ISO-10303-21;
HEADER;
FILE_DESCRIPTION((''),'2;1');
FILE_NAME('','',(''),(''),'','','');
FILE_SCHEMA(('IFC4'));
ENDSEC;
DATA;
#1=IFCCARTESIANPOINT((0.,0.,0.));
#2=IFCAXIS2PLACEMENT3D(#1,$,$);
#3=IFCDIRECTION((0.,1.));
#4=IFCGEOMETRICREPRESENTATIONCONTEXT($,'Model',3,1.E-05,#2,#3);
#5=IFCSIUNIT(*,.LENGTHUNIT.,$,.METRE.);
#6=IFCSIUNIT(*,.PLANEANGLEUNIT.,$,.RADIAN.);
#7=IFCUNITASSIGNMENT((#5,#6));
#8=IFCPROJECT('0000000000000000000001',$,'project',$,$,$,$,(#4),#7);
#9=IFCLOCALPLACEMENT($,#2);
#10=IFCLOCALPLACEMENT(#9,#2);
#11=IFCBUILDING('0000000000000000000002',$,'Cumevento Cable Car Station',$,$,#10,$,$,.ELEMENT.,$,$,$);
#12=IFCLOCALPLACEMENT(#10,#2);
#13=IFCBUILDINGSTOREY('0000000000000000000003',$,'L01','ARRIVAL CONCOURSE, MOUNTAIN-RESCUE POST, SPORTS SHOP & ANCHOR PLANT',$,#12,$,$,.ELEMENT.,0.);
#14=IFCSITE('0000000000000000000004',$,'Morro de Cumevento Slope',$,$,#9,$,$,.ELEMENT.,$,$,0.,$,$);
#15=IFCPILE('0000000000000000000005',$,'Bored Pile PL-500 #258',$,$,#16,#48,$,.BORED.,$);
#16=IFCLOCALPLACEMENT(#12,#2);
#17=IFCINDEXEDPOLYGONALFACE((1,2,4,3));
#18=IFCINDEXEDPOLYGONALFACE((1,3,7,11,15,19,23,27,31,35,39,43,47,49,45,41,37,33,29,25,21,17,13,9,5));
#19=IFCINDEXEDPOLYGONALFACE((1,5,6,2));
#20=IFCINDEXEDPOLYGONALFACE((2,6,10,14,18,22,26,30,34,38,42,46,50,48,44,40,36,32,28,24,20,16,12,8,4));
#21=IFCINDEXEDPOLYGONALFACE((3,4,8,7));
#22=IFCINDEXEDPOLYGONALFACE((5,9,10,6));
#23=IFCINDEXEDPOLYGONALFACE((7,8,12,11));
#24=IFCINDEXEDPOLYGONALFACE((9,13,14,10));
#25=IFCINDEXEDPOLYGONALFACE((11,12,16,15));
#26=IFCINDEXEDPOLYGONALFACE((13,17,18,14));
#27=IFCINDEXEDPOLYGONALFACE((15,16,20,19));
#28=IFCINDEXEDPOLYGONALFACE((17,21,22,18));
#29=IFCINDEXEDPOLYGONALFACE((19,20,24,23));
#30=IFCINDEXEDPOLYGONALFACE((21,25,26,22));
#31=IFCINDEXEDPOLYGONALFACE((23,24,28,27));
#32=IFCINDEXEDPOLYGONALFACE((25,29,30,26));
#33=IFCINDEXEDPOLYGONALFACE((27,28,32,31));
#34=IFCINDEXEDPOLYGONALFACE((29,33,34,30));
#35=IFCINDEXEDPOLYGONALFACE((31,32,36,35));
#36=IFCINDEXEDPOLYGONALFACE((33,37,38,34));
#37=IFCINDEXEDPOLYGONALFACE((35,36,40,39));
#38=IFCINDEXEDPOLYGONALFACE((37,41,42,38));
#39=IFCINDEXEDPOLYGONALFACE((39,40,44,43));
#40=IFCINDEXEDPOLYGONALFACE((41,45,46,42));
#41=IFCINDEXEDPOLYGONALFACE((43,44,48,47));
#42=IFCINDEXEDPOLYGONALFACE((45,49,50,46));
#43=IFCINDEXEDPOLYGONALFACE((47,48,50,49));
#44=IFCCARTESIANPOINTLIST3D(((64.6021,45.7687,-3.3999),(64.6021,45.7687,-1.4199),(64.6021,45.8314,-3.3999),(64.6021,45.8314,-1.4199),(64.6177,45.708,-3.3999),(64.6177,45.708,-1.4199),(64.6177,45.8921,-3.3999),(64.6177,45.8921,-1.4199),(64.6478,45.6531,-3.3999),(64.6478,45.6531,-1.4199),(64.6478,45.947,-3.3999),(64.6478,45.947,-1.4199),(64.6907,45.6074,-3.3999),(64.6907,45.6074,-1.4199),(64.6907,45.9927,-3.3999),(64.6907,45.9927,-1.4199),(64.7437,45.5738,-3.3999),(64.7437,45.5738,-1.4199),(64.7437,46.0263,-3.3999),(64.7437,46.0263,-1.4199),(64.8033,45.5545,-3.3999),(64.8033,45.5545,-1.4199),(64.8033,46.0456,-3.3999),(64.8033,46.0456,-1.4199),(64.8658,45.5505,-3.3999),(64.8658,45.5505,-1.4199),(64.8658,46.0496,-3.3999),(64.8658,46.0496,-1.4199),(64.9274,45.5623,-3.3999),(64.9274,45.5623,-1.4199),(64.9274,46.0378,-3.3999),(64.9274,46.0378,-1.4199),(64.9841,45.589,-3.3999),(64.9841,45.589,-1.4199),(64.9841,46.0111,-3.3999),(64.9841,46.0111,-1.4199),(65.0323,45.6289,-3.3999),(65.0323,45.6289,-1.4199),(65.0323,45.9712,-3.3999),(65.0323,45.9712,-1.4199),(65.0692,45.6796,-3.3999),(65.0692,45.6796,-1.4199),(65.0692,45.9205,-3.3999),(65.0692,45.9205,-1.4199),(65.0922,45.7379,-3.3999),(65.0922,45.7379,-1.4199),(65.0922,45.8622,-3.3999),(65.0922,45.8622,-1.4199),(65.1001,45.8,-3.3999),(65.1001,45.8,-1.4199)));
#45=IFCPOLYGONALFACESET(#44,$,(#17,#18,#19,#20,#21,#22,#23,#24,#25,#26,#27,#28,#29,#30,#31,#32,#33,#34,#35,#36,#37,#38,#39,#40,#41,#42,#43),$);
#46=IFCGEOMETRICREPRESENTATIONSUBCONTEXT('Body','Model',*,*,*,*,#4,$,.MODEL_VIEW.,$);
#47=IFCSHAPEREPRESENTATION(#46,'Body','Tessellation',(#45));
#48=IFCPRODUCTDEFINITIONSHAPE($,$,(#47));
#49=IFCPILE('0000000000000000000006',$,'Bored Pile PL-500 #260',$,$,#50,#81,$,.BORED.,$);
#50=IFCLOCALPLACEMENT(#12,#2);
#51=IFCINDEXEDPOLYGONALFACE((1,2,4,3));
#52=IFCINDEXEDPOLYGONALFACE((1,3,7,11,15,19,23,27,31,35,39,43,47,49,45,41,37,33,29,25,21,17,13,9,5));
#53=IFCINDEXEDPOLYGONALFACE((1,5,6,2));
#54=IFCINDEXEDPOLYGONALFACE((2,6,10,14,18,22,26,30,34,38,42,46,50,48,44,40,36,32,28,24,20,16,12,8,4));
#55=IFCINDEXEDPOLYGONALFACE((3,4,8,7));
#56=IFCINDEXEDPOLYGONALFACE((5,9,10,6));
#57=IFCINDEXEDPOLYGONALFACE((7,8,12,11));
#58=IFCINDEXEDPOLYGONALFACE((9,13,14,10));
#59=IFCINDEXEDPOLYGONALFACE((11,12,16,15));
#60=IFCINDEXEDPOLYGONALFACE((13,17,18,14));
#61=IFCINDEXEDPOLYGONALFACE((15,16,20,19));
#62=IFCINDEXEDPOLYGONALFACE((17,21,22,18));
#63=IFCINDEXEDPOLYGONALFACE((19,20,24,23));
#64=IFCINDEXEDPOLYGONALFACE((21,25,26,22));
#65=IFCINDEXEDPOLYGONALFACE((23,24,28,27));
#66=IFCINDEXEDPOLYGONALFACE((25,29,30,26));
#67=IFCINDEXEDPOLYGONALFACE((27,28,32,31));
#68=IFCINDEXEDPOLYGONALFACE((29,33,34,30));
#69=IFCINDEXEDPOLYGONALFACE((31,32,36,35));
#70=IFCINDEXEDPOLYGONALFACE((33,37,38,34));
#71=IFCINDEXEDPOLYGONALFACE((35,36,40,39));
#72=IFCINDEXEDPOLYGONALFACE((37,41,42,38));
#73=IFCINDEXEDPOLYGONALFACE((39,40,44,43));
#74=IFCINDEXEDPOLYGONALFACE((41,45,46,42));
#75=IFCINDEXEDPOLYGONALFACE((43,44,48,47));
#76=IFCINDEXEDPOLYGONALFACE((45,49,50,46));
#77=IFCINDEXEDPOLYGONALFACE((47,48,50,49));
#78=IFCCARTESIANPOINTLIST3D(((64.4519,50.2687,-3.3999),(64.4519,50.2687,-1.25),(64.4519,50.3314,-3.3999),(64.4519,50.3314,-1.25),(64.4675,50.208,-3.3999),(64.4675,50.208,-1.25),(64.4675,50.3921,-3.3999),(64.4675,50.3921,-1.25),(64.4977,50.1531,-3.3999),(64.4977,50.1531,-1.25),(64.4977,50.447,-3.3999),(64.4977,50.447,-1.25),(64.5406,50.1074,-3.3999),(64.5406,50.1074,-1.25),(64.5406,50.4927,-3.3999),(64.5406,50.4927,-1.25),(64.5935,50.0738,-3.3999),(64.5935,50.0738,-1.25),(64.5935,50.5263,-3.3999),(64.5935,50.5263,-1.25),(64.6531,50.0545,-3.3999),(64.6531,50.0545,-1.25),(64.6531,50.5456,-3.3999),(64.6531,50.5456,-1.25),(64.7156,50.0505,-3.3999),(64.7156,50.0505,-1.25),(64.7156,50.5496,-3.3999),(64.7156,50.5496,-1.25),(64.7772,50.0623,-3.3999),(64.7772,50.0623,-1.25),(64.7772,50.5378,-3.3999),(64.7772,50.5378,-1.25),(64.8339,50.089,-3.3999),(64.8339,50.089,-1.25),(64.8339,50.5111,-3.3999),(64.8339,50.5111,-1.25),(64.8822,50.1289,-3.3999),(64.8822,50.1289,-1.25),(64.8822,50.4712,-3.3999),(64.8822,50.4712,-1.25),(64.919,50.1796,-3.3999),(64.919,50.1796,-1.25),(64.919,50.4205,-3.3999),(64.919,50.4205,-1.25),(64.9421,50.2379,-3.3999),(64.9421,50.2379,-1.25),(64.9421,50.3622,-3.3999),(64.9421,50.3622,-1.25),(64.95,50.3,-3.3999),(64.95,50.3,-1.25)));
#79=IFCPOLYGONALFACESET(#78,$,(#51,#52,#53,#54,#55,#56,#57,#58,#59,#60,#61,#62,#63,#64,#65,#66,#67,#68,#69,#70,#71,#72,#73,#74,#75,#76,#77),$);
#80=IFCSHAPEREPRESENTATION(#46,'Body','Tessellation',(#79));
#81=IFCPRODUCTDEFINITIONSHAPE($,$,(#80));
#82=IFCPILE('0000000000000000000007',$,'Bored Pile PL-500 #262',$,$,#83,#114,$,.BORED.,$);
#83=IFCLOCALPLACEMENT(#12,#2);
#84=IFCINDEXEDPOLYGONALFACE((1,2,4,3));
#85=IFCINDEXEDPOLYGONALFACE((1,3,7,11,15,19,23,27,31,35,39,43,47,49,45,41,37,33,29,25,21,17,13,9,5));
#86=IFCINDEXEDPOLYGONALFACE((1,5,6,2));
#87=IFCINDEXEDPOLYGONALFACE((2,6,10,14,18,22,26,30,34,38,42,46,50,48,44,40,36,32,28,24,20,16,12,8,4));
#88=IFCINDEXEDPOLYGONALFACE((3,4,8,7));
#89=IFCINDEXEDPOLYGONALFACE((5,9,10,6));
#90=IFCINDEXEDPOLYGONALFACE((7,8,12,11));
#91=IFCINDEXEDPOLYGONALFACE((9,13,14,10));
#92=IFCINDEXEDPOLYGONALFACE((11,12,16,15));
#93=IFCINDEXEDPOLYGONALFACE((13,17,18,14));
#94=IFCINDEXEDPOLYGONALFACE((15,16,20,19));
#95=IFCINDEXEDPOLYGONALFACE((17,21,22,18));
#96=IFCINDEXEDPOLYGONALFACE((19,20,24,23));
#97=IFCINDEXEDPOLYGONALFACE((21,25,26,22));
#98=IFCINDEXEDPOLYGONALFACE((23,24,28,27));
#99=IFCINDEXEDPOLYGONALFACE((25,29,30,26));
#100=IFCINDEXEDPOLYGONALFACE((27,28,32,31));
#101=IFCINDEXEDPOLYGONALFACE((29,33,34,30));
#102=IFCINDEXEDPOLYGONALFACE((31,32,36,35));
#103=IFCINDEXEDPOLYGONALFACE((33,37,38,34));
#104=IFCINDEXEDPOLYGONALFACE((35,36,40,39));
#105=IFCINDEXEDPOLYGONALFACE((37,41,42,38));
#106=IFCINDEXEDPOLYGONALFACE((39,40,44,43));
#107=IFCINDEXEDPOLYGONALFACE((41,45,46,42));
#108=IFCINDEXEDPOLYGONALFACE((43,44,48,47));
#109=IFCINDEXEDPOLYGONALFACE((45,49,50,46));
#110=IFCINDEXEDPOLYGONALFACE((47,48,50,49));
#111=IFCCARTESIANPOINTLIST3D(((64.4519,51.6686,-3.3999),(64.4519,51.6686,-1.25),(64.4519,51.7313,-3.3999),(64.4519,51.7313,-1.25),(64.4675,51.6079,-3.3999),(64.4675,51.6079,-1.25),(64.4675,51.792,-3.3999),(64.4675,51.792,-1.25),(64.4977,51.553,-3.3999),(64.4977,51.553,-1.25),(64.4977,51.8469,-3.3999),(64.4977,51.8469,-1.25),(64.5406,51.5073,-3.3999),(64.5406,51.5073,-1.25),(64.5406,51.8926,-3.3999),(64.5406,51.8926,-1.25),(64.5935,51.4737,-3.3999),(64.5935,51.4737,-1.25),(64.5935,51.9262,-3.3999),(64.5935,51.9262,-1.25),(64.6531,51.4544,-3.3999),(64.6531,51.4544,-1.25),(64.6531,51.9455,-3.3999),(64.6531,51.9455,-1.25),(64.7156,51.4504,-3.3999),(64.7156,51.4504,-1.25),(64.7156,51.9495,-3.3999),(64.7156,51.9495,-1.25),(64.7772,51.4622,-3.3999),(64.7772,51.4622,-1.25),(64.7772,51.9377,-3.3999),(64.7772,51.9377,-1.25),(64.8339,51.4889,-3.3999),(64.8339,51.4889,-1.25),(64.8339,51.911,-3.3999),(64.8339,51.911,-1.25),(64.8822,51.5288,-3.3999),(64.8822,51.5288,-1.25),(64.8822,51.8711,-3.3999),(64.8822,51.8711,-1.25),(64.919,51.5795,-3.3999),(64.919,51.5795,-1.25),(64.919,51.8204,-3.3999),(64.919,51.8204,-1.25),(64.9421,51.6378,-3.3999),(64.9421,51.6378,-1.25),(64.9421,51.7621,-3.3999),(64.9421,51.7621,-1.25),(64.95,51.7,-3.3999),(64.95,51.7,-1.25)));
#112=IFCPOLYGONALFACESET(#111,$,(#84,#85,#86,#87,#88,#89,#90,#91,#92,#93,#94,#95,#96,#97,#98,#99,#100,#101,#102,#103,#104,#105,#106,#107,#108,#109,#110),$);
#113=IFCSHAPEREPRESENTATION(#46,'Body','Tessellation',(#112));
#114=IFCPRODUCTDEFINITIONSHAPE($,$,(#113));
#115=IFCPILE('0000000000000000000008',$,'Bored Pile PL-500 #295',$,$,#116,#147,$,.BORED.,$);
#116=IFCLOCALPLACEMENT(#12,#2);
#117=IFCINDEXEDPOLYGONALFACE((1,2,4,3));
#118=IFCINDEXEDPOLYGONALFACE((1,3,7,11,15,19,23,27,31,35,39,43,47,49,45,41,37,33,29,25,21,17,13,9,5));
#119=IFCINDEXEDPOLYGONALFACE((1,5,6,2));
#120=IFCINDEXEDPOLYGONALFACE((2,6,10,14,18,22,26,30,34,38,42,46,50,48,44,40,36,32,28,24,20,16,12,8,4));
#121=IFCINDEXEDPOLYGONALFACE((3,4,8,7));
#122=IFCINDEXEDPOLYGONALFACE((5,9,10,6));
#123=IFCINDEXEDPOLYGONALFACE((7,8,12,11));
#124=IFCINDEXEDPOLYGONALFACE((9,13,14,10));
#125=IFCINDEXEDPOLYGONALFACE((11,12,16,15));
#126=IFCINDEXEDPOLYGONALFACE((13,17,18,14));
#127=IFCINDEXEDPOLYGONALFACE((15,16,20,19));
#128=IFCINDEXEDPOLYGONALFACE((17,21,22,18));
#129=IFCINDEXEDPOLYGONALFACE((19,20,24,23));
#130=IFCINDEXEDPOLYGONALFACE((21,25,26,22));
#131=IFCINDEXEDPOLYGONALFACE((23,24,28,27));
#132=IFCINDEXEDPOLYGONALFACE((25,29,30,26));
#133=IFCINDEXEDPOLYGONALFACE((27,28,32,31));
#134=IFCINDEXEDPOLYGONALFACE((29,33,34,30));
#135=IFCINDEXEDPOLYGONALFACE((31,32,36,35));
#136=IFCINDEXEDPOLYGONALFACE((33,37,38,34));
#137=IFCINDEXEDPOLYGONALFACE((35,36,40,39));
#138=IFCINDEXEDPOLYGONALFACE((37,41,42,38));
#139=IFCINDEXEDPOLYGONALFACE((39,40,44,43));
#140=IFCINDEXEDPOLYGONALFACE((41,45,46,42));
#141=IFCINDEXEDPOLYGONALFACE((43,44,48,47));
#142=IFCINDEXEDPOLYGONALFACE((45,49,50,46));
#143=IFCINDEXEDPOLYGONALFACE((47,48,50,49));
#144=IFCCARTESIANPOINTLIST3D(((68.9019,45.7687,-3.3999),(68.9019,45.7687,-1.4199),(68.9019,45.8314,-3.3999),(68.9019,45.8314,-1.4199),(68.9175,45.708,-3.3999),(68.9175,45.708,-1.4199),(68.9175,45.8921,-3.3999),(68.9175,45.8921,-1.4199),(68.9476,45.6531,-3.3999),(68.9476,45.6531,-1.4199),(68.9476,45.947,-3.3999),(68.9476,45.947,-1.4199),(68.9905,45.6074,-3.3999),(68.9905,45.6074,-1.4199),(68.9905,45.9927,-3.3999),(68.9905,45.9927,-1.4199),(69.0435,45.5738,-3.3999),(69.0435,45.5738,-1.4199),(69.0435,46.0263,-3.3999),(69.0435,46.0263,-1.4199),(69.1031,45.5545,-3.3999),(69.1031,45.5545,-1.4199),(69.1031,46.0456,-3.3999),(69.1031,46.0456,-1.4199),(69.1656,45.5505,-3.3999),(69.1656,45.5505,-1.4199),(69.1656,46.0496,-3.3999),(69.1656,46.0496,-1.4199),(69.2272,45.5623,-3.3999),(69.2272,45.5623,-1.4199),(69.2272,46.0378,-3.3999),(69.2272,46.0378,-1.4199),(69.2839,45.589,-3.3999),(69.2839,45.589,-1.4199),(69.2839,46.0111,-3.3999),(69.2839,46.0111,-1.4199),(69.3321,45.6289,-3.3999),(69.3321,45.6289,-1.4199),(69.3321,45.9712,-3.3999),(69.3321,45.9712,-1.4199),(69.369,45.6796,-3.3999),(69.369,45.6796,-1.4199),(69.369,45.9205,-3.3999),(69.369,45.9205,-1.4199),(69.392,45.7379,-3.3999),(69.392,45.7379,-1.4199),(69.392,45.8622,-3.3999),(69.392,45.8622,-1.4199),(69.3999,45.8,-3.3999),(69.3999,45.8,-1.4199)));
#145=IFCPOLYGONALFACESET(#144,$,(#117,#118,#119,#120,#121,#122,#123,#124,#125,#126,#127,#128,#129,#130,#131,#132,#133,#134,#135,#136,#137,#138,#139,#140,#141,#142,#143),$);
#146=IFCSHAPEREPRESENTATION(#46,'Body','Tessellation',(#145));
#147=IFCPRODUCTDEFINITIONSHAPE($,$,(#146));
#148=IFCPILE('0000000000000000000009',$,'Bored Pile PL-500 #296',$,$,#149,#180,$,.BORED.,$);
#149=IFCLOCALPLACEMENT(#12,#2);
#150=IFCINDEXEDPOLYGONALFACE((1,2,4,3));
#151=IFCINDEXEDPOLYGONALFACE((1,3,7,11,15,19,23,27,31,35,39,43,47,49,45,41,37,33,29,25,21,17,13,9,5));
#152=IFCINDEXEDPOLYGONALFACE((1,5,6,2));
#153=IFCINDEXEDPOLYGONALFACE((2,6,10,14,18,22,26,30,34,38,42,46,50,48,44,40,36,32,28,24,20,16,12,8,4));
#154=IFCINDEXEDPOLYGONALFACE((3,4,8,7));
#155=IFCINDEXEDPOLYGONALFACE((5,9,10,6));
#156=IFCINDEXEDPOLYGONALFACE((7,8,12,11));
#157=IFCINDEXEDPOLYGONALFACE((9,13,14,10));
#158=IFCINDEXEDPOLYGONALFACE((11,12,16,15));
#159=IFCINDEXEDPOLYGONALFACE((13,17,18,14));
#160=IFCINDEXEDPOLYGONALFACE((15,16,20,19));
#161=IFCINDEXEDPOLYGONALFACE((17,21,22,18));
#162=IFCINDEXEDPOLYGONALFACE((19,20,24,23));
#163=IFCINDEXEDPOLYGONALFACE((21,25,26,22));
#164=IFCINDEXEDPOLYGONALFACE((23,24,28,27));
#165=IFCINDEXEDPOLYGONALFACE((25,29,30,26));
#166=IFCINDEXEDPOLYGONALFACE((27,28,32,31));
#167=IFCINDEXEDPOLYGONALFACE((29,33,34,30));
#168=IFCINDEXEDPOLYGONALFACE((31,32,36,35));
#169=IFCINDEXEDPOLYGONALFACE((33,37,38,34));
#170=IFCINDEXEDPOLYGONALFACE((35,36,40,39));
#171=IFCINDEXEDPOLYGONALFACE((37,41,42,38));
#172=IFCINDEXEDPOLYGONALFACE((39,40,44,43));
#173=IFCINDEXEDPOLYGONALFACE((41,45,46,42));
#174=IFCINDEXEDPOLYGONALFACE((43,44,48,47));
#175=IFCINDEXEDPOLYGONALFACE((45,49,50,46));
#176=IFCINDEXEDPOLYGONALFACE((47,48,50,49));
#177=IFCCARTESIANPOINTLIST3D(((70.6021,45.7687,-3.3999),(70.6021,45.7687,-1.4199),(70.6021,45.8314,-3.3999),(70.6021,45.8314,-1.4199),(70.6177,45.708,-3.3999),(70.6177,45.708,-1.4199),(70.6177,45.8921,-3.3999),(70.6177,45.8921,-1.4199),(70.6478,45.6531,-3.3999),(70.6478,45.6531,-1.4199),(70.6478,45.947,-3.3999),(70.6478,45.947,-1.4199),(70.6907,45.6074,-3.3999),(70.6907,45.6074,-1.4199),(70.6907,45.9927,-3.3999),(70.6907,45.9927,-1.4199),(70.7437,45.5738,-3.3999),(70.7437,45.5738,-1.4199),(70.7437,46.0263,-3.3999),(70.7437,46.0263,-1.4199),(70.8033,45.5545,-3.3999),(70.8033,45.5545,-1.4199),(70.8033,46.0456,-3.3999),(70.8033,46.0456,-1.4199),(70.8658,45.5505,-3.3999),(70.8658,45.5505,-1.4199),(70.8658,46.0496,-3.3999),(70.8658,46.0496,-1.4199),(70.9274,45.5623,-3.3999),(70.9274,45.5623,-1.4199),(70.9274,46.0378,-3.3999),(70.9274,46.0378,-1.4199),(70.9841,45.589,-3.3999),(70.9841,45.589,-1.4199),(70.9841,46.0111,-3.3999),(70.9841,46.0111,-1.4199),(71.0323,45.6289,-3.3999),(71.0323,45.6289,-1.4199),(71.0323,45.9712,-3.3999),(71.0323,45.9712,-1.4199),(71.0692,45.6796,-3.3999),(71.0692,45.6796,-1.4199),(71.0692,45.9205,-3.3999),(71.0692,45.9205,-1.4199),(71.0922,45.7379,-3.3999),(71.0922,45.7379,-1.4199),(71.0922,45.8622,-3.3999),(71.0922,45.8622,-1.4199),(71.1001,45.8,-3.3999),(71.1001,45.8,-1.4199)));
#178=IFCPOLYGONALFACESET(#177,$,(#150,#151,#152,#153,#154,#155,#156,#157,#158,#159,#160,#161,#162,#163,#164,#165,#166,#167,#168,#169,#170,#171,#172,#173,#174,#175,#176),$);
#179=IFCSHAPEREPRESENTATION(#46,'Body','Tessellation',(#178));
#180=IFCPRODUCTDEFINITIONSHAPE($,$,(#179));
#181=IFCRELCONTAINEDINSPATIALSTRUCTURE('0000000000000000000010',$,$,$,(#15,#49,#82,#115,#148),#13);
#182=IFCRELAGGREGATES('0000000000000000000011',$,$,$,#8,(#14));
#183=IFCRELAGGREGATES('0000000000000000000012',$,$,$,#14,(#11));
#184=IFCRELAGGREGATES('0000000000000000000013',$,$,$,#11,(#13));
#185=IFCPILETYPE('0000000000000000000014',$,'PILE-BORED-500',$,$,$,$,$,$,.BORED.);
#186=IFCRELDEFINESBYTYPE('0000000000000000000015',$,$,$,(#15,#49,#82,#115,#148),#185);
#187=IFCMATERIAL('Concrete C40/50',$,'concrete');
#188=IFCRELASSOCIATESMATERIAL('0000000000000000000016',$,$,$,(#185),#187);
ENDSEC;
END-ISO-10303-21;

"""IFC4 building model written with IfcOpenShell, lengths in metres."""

from ifc_helpers import new_model, si_unit, direction, frame, origin, origin_2d, place, context, subcontext, project, spatial, circle, extrude, material, material_profile, profile_set, type_object, element, save


model = new_model("IFC4")

# Units and contexts
model_context = context("Model", 3, precision=1e-05, world=origin(), true_north=direction((0.0, 1.0)))
body_context = subcontext(model_context, "Body", "Model", "MODEL_VIEW")
ifc_project = project(units=[si_unit("LENGTHUNIT", "METRE"), si_unit("PLANEANGLEUNIT", "RADIAN")], contexts=[model_context])

# Site, building, storey
site_placement = place(None, origin())
site = spatial("IfcSite", under=ifc_project, at=site_placement, Name="Morro de Cumevento Slope", CompositionType="ELEMENT", RefElevation=0.0)
building_placement = place(site_placement, origin())
building = spatial("IfcBuilding", under=site, at=building_placement, Name="Cumevento Cable Car Station", CompositionType="ELEMENT")
storey_placement = place(building_placement, origin())
storey = spatial("IfcBuildingStorey", under=building, at=storey_placement, Name="L01", Description="ARRIVAL CONCOURSE, MOUNTAIN-RESCUE POST, SPORTS SHOP & ANCHOR PLANT", CompositionType="ELEMENT", Elevation=0.0)

# Piles
ifc_material_1 = material(Name="Concrete C40/50", Category="concrete")
ifc_material_profile_1 = material_profile(ifc_material_1, circle(Radius=0.25, at=origin_2d()), Name="PILE-D500")
ifc_profile_set_1 = profile_set([ifc_material_profile_1], Name="Concrete C40/50")
pile_type = type_object("IfcPileType", Name="PILE-BORED-500", PredefinedType="BORED", material=ifc_profile_set_1)
pile_placement = place(storey_placement, frame((64.8501, 45.8, -1.4199), z_axis=(0.0, 0.0, -1.0), x_axis=(1.0, 0.0, 0.0)))
element("IfcPile", 1, at=pile_placement, inside=storey, type_object=pile_type, Name="Bored Pile PL-500 #258", PredefinedType="BORED", context=body_context, shape_type="SweptSolid", body=[
    extrude(circle(Radius=0.25, at=origin_2d()), origin(), (0.0, 0.0, 1.0), 1.98),
])
for number, where, z_axis, x_axis, name in (
    (2, (64.7, 50.3, -1.25), (0.0, 0.0, -1.0), (1.0, 0.0, 0.0), "Bored Pile PL-500 #260"),
    (3, (64.7, 51.7, -1.25), (0.0, 0.0, -1.0), (1.0, 0.0, 0.0), "Bored Pile PL-500 #262"),
):
    element("IfcPile", number, at=place(storey_placement, frame(where, z_axis=z_axis, x_axis=x_axis)), inside=storey, type_object=pile_type, Name=name, PredefinedType="BORED", context=body_context, shape_type="SweptSolid", body=[
        extrude(circle(Radius=0.25, at=origin_2d()), origin(), (0.0, 0.0, 1.0), 2.1499),
    ])
for number, where, z_axis, x_axis, name in (
    (4, (69.1499, 45.8, -1.4199), (0.0, 0.0, -1.0), (1.0, 0.0, 0.0), "Bored Pile PL-500 #295"),
    (5, (70.8501, 45.8, -1.4199), (0.0, 0.0, -1.0), (1.0, 0.0, 0.0), "Bored Pile PL-500 #296"),
):
    element("IfcPile", number, at=place(storey_placement, frame(where, z_axis=z_axis, x_axis=x_axis)), inside=storey, type_object=pile_type, Name=name, PredefinedType="BORED", context=body_context, shape_type="SweptSolid", body=[
        extrude(circle(Radius=0.25, at=origin_2d()), origin(), (0.0, 0.0, 1.0), 1.98),
    ])

save(model, "model.ifc")
